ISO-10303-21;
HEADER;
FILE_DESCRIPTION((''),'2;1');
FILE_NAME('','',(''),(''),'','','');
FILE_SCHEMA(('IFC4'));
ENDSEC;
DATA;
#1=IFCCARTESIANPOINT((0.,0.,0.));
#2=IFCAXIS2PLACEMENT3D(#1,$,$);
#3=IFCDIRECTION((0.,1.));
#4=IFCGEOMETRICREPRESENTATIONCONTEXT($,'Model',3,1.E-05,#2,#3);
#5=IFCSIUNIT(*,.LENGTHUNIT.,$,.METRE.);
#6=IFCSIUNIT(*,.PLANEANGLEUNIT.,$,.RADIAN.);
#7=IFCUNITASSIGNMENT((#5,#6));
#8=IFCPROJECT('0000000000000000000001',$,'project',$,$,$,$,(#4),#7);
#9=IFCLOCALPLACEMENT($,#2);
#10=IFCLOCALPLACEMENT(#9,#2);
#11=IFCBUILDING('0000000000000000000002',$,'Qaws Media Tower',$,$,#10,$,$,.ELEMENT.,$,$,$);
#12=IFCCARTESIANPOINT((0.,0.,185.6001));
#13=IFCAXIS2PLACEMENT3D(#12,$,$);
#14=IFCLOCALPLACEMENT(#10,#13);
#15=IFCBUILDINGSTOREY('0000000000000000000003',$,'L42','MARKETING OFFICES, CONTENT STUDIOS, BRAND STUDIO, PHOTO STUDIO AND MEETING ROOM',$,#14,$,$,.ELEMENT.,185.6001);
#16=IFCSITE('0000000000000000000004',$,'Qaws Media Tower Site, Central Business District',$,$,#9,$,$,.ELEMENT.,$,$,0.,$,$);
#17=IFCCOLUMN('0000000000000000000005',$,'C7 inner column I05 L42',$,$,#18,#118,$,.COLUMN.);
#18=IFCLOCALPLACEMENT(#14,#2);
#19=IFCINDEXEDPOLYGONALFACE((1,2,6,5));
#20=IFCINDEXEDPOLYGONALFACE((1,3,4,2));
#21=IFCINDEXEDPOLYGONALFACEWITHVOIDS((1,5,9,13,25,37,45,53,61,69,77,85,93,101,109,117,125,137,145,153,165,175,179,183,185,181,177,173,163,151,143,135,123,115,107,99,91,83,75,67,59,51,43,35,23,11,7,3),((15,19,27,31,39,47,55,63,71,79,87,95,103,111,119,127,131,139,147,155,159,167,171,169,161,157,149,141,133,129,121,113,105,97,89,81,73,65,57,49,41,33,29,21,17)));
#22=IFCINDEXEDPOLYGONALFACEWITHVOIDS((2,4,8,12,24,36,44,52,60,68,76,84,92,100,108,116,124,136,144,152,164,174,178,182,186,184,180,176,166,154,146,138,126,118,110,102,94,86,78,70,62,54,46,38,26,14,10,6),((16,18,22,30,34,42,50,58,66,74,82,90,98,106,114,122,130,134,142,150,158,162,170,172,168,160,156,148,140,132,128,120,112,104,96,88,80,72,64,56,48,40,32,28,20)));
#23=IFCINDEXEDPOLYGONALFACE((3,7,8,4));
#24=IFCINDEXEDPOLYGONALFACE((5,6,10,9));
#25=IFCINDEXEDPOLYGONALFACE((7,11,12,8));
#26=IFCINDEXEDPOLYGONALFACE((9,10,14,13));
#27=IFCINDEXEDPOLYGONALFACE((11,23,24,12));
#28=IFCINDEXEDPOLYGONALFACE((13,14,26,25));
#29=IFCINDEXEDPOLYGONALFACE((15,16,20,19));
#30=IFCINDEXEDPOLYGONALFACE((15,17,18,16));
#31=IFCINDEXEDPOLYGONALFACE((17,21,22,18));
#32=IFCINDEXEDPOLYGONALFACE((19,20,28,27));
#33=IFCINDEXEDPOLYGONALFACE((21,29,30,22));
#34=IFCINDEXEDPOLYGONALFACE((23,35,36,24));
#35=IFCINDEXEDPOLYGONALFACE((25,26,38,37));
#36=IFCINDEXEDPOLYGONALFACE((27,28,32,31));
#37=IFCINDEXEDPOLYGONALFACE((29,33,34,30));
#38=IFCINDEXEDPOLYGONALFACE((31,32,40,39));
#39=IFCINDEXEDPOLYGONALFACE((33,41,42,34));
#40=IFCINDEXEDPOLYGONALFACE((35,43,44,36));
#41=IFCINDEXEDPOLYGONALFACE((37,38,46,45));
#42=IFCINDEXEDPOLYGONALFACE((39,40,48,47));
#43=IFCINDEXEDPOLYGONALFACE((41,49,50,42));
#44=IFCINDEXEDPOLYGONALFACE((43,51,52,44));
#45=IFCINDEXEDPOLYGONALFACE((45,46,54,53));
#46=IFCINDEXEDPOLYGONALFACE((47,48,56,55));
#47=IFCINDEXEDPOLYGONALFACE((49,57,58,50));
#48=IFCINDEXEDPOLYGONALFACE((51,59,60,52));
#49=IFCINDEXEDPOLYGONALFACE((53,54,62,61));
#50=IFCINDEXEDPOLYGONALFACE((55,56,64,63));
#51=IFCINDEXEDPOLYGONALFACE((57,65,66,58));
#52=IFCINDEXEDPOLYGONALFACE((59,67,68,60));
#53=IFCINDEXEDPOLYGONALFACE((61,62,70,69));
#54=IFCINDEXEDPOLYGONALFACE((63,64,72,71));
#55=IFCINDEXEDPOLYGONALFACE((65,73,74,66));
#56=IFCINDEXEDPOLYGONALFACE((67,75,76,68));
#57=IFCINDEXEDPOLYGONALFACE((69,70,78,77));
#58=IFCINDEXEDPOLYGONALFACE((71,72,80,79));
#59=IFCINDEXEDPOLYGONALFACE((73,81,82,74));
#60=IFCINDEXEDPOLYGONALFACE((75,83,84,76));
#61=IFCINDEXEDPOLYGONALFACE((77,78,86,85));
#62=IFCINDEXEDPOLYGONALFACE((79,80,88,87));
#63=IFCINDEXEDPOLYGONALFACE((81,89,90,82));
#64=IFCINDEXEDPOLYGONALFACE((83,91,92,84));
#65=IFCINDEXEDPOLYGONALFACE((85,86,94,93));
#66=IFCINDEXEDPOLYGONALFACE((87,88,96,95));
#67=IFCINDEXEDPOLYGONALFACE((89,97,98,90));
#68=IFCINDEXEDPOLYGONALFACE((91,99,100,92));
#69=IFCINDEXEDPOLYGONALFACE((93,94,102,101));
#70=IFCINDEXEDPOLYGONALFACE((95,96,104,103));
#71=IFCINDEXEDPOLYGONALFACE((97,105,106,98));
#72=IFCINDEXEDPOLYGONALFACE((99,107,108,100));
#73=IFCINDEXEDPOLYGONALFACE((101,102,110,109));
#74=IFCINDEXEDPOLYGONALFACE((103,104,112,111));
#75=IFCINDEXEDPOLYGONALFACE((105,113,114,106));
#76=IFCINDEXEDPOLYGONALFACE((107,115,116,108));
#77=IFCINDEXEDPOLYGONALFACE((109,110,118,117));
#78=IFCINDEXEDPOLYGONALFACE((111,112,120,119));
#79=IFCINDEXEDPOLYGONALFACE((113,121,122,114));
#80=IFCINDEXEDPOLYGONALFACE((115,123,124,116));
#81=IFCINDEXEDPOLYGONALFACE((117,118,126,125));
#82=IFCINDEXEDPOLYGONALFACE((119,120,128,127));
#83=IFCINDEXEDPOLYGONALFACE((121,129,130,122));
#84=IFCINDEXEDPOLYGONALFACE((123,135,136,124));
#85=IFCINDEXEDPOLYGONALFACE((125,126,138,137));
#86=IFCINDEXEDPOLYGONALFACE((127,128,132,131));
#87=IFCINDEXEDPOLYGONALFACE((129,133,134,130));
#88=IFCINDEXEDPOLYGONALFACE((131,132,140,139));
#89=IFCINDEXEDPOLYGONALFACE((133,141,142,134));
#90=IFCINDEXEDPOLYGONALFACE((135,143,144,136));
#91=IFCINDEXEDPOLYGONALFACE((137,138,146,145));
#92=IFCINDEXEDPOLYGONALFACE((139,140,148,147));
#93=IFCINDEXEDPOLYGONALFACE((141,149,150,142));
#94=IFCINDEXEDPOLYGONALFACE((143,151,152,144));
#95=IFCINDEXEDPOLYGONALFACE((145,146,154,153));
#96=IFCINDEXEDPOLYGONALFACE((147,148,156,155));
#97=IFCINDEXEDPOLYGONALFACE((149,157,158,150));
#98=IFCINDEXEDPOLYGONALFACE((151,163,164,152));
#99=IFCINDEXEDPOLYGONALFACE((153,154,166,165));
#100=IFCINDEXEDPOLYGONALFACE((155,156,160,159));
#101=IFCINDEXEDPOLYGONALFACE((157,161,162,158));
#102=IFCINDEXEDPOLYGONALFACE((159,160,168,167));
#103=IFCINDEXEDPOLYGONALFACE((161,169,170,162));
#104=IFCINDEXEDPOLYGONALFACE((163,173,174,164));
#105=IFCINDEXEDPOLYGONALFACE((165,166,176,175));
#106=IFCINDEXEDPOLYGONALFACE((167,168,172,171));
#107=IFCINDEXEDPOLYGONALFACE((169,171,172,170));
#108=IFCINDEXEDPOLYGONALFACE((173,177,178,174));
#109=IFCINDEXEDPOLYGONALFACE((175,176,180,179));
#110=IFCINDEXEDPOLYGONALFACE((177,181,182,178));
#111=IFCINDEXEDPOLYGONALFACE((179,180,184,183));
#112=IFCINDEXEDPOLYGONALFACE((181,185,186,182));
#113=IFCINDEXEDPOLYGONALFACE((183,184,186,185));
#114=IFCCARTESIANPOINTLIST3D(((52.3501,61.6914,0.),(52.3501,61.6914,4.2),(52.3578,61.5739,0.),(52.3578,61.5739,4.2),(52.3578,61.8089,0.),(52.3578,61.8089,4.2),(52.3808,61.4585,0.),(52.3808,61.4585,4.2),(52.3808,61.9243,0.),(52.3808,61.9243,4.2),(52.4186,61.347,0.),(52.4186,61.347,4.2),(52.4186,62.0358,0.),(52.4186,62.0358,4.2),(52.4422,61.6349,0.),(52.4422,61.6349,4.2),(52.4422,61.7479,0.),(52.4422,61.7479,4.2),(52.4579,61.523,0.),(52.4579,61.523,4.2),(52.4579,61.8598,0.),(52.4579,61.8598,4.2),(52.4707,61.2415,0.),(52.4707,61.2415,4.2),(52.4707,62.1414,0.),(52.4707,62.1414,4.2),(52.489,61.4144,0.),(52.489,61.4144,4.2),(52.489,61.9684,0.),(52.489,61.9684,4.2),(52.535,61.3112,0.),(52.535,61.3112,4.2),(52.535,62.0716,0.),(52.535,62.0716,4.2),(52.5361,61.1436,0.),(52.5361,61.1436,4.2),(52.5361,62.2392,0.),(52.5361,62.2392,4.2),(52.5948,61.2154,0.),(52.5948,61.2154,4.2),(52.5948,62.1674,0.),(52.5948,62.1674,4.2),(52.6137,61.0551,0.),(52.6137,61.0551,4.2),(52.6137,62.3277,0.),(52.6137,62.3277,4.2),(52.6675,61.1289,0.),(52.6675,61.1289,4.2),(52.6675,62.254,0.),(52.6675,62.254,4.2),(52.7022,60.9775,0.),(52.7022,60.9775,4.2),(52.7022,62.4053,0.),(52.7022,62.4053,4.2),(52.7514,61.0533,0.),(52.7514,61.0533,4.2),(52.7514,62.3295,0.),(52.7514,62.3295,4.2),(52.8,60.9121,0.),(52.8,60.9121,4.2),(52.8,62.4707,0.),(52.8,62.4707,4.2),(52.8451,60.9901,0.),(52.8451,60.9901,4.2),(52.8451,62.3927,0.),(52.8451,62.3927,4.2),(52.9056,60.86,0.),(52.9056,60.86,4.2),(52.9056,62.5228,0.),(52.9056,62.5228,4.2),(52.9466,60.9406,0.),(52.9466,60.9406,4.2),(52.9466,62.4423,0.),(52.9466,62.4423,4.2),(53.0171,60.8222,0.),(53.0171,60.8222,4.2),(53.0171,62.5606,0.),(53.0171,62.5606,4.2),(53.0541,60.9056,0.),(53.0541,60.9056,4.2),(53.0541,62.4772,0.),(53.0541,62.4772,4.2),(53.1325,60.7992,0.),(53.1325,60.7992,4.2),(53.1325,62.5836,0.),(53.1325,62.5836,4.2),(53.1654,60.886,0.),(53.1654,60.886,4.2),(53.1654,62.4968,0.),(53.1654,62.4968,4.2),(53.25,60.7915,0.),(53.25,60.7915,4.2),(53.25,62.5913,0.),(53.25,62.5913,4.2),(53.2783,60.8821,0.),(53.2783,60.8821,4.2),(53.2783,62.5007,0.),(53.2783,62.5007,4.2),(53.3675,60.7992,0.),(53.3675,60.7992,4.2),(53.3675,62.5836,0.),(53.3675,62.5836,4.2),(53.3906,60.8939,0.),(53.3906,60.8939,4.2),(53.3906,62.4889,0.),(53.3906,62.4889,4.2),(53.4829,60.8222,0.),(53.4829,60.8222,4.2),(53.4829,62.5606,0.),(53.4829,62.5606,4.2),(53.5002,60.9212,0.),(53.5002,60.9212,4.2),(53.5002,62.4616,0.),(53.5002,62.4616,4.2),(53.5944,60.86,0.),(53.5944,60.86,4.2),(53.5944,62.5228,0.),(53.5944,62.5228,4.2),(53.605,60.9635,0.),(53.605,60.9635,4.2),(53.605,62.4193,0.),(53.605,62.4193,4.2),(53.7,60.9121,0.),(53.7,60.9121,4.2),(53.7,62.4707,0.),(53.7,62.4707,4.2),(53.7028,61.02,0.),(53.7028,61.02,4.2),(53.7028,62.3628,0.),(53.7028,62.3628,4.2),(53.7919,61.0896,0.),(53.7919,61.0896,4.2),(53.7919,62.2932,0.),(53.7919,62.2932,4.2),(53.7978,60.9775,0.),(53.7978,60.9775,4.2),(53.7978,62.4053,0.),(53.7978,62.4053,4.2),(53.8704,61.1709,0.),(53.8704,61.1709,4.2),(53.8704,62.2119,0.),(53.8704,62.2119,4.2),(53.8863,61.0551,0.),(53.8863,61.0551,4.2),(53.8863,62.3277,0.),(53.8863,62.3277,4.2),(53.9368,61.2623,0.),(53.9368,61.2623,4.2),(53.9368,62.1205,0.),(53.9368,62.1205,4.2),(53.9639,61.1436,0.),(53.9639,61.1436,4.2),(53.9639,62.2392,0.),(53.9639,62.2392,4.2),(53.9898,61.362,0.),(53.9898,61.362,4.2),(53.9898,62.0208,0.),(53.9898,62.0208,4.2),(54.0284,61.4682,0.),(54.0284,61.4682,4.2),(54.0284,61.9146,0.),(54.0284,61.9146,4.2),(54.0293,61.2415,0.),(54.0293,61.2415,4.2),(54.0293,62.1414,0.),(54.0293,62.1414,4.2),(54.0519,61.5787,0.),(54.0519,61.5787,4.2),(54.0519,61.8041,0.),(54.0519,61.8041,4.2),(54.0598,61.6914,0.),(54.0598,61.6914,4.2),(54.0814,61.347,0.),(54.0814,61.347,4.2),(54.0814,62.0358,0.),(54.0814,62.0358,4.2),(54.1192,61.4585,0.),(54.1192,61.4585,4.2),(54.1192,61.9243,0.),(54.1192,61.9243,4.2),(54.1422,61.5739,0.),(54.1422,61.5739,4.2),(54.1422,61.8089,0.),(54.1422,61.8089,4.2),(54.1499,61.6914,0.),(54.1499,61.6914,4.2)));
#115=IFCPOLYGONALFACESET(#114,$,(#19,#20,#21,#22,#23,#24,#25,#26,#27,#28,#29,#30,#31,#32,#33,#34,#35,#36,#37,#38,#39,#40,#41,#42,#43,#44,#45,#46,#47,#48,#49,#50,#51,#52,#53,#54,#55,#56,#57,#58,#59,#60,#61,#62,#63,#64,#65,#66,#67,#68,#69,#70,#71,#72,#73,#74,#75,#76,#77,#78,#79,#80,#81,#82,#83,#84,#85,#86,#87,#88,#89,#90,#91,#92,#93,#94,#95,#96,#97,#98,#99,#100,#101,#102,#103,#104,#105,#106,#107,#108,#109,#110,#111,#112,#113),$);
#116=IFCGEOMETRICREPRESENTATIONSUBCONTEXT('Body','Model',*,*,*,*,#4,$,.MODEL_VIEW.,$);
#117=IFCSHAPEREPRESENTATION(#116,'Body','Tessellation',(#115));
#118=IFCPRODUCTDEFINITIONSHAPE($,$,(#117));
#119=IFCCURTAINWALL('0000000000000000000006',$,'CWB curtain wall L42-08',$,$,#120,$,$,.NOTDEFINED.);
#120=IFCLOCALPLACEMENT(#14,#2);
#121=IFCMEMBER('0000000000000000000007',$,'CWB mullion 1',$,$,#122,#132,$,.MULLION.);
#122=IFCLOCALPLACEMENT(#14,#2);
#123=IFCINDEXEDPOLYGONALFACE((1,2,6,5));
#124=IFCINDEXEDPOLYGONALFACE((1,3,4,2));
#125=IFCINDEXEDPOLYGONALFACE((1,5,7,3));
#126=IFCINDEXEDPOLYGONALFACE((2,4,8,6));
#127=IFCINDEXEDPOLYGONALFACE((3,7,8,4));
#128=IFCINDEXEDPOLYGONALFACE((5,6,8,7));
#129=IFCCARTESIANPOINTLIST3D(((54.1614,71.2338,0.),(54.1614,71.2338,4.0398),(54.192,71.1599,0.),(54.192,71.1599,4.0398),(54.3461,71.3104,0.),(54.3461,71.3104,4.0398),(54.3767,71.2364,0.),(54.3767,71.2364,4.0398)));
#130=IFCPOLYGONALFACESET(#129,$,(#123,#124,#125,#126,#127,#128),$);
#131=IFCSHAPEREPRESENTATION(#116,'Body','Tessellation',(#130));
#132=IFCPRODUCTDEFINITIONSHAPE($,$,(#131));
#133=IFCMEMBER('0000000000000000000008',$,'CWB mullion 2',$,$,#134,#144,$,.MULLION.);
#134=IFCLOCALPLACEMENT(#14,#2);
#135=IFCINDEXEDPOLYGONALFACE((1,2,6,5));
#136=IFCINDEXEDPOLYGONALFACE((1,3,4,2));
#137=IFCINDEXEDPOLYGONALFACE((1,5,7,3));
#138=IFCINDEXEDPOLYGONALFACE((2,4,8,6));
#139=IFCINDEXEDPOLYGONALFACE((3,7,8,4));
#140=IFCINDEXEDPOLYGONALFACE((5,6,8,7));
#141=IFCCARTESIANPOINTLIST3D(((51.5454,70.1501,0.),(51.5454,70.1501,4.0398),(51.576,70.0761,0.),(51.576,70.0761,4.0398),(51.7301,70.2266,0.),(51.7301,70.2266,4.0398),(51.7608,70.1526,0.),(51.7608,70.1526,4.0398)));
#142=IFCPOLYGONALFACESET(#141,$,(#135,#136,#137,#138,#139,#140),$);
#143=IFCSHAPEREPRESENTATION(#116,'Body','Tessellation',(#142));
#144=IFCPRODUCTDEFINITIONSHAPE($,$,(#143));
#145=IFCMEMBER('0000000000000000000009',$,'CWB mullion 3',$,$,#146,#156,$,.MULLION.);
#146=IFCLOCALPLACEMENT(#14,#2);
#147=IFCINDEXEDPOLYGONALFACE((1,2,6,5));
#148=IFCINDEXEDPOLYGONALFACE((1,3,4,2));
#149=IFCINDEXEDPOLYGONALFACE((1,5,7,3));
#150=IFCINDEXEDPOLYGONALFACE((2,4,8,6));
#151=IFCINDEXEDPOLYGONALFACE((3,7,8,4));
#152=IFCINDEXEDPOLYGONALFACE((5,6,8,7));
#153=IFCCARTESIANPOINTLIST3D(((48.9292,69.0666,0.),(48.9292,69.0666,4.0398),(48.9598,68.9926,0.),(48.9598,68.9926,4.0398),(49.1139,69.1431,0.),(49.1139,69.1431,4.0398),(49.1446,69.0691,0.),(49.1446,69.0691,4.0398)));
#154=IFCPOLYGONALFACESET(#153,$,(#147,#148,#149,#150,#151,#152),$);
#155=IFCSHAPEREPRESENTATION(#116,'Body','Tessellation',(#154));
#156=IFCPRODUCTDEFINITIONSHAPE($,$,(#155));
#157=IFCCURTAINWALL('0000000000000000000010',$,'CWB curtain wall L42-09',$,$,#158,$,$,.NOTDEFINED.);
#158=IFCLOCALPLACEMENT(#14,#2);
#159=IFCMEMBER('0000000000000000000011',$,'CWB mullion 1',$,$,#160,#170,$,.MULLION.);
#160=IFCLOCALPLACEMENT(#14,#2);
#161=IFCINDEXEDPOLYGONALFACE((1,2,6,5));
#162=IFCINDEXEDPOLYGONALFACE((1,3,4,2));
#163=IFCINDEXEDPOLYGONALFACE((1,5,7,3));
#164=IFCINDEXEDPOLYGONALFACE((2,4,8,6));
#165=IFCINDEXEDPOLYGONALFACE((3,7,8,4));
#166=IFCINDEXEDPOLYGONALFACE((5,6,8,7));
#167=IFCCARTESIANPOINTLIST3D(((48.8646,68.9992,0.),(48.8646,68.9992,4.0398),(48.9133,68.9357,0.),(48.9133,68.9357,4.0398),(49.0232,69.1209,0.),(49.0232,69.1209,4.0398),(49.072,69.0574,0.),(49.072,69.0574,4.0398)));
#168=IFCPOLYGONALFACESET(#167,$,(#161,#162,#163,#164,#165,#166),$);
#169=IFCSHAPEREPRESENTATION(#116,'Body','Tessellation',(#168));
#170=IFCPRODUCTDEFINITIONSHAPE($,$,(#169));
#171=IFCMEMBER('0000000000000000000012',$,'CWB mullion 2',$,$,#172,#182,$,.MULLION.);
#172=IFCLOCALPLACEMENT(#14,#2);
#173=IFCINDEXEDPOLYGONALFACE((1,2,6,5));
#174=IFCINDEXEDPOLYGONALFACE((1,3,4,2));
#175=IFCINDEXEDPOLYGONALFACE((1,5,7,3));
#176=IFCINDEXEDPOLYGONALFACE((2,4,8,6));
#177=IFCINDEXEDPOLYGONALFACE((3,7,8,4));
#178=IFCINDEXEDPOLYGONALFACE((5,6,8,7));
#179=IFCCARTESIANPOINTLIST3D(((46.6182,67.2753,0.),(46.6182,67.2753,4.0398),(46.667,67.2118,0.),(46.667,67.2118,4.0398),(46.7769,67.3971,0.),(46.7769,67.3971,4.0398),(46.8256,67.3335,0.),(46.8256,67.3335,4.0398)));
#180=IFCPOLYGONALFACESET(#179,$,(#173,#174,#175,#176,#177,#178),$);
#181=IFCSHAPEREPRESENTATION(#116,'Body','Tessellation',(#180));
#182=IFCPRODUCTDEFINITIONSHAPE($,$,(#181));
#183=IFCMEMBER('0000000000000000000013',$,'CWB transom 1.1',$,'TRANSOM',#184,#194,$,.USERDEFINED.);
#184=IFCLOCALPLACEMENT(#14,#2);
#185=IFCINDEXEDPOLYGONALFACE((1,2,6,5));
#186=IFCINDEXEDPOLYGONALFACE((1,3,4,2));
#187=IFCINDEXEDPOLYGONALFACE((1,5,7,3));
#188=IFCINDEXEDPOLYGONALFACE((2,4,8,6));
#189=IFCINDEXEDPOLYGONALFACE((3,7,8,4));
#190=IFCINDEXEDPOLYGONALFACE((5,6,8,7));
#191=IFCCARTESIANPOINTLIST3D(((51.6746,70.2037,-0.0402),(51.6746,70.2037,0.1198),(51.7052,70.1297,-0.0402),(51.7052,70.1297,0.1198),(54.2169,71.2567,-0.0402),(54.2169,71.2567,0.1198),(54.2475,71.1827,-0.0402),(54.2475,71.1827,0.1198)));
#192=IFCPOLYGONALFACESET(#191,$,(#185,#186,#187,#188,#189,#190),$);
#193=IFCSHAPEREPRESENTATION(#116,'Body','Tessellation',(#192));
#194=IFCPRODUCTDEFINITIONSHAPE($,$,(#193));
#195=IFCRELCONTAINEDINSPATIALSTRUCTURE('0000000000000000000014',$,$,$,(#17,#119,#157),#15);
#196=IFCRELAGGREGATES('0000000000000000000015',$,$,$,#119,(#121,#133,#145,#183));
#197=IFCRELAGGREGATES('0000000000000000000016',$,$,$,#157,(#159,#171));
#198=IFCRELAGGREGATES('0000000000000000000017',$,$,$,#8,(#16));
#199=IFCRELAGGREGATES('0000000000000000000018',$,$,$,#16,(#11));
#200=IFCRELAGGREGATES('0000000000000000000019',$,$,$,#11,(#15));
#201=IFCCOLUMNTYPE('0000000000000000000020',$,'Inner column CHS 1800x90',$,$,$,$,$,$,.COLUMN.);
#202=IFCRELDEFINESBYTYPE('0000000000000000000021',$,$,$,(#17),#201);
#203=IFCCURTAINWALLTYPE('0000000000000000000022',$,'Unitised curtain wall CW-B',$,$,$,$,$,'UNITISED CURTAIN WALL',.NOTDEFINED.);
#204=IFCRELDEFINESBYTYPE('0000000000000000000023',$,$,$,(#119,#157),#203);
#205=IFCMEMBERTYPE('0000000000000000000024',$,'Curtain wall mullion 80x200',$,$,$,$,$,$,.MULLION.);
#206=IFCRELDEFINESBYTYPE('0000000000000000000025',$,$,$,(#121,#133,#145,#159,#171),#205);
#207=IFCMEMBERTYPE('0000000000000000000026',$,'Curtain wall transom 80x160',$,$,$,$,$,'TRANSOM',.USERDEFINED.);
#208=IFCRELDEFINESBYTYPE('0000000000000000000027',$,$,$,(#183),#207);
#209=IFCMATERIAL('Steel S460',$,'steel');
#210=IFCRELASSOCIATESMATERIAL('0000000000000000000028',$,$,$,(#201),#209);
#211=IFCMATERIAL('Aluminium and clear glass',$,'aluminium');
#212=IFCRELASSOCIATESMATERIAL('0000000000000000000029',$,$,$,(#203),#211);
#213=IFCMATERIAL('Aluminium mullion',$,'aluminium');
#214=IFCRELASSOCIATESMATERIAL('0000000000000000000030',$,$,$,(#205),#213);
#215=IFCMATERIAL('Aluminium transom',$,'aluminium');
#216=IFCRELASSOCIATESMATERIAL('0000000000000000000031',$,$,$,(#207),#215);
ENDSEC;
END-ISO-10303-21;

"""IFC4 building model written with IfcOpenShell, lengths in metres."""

from ifc_helpers import new_model, si_unit, direction, frame, origin, origin_2d, place, context, subcontext, project, spatial, rectangle, hollow_circle, extrude, material, material_profile, profile_set, type_object, element, aggregate, save


model = new_model("IFC4")

# Units and contexts
model_context = context("Model", 3, precision=1e-05, world=origin(), true_north=direction((0.0, 1.0)))
body_context = subcontext(model_context, "Body", "Model", "MODEL_VIEW")
ifc_project = project(units=[si_unit("LENGTHUNIT", "METRE"), si_unit("PLANEANGLEUNIT", "RADIAN")], contexts=[model_context])

# Site, building, storey
site_placement = place(None, origin())
site = spatial("IfcSite", under=ifc_project, at=site_placement, Name="Qaws Media Tower Site, Central Business District", CompositionType="ELEMENT", RefElevation=0.0)
building_placement = place(site_placement, origin())
building = spatial("IfcBuilding", under=site, at=building_placement, Name="Qaws Media Tower", CompositionType="ELEMENT")
storey_placement = place(building_placement, frame((0.0, 0.0, 185.6001)))
storey = spatial("IfcBuildingStorey", under=building, at=storey_placement, Name="L42", Description="MARKETING OFFICES, CONTENT STUDIOS, BRAND STUDIO, PHOTO STUDIO AND MEETING ROOM", CompositionType="ELEMENT", Elevation=185.6001)

# Column
ifc_material_1 = material(Name="Steel S460", Category="steel")
ifc_material_profile_1 = material_profile(ifc_material_1, hollow_circle(Radius=0.8999, WallThickness=0.0901, at=origin_2d()), Name="CHS 1800x90")
ifc_profile_set_1 = profile_set([ifc_material_profile_1], Name="Steel S460")
column_type = type_object("IfcColumnType", Name="Inner column CHS 1800x90", PredefinedType="COLUMN", material=ifc_profile_set_1)
column_placement = place(storey_placement, frame((53.25, 61.6914, 0.0), z_axis=(0.0, 0.0, 1.0), x_axis=(1.0, 0.0, 0.0)))
element("IfcColumn", 1, at=column_placement, inside=storey, type_object=column_type, Name="C7 inner column I05 L42", PredefinedType="COLUMN", context=body_context, shape_type="SweptSolid", body=[
    extrude(hollow_circle(Radius=0.8999, WallThickness=0.0901, at=origin_2d()), origin(), (0.0, 0.0, 1.0), 4.2),
])

# Curtain walls, members
ifc_material_2 = material(Name="Aluminium and clear glass", Category="aluminium")
curtain_wall_type = type_object("IfcCurtainWallType", Name="Unitised curtain wall CW-B", ElementType="UNITISED CURTAIN WALL", PredefinedType="NOTDEFINED", material=ifc_material_2)
curtain_wall_1_placement = place(storey_placement, origin())
curtain_wall_1 = element("IfcCurtainWall", 2, at=curtain_wall_1_placement, inside=storey, type_object=curtain_wall_type, Name="CWB curtain wall L42-08", PredefinedType="NOTDEFINED")
ifc_material_3 = material(Name="Aluminium mullion", Category="aluminium")
ifc_material_profile_2 = material_profile(ifc_material_3, rectangle(XDim=0.0801, YDim=0.2, at=origin_2d()), Name="80x200")
ifc_profile_set_2 = profile_set([ifc_material_profile_2], Name="Aluminium mullion")
member_type_1 = type_object("IfcMemberType", Name="Curtain wall mullion 80x200", PredefinedType="MULLION", material=ifc_profile_set_2)
member_1_placement = place(storey_placement, frame((54.269, 71.2351, 0.0), z_axis=(0.0, 0.0, 1.0), x_axis=(0.382683, -0.92388, 0.0)))
member_1 = element("IfcMember", 3, at=member_1_placement, type_object=member_type_1, Name="CWB mullion 1", PredefinedType="MULLION", context=body_context, shape_type="SweptSolid", body=[
    extrude(rectangle(XDim=0.0801, YDim=0.2, at=origin_2d()), origin(), (0.0, 0.0, 1.0), 4.0398),
])
member_2_placement = place(storey_placement, frame((51.6531, 70.1514, 0.0), z_axis=(0.0, 0.0, 1.0), x_axis=(0.382683, -0.92388, 0.0)))
member_2 = element("IfcMember", 4, at=member_2_placement, type_object=member_type_1, Name="CWB mullion 2", PredefinedType="MULLION", context=body_context, shape_type="SweptSolid", body=[
    extrude(rectangle(XDim=0.0801, YDim=0.2, at=origin_2d()), origin(), (0.0, 0.0, 1.0), 4.0398),
])
member_3_placement = place(storey_placement, frame((49.0369, 69.0679, 0.0), z_axis=(0.0, 0.0, 1.0), x_axis=(0.382683, -0.92388, 0.0)))
member_3 = element("IfcMember", 5, at=member_3_placement, type_object=member_type_1, Name="CWB mullion 3", PredefinedType="MULLION", context=body_context, shape_type="SweptSolid", body=[
    extrude(rectangle(XDim=0.0801, YDim=0.2, at=origin_2d()), origin(), (0.0, 0.0, 1.0), 4.0398),
])
curtain_wall_2_placement = place(storey_placement, origin())
curtain_wall_2 = element("IfcCurtainWall", 6, at=curtain_wall_2_placement, inside=storey, type_object=curtain_wall_type, Name="CWB curtain wall L42-09", PredefinedType="NOTDEFINED")
member_4_placement = place(storey_placement, frame((48.9683, 69.0283, 0.0), z_axis=(0.0, 0.0, 1.0), x_axis=(0.608761, -0.793353, 0.0)))
member_4 = element("IfcMember", 7, at=member_4_placement, type_object=member_type_1, Name="CWB mullion 1", PredefinedType="MULLION", context=body_context, shape_type="SweptSolid", body=[
    extrude(rectangle(XDim=0.0801, YDim=0.2, at=origin_2d()), origin(), (0.0, 0.0, 1.0), 4.0398),
])
member_5_placement = place(storey_placement, frame((46.7219, 67.3044, 0.0), z_axis=(0.0, 0.0, 1.0), x_axis=(0.608761, -0.793353, 0.0)))
member_5 = element("IfcMember", 8, at=member_5_placement, type_object=member_type_1, Name="CWB mullion 2", PredefinedType="MULLION", context=body_context, shape_type="SweptSolid", body=[
    extrude(rectangle(XDim=0.0801, YDim=0.2, at=origin_2d()), origin(), (0.0, 0.0, 1.0), 4.0398),
])

# Member
ifc_material_4 = material(Name="Aluminium transom", Category="aluminium")
ifc_material_profile_3 = material_profile(ifc_material_4, rectangle(XDim=0.0801, YDim=0.1599, at=origin_2d()), Name="80x160")
ifc_profile_set_3 = profile_set([ifc_material_profile_3], Name="Aluminium transom")
member_type_2 = type_object("IfcMemberType", Name="Curtain wall transom 80x160", ElementType="TRANSOM", PredefinedType="USERDEFINED", material=ifc_profile_set_3)
member_6_placement = place(storey_placement, frame((54.2322, 71.2197, 0.0398), z_axis=(-0.923886, -0.382668, 0.0), x_axis=(0.382668, -0.923886, 0.0)))
member_6 = element("IfcMember", 9, at=member_6_placement, type_object=member_type_2, Name="CWB transom 1.1", ObjectType="TRANSOM", PredefinedType="USERDEFINED", context=body_context, shape_type="SweptSolid", body=[
    extrude(rectangle(XDim=0.0801, YDim=0.1599, at=origin_2d()), origin(), (0.0, 0.0, 1.0), 2.7517),
])

aggregate(curtain_wall_1, [member_1, member_2, member_3, member_6])
aggregate(curtain_wall_2, [member_4, member_5])

save(model, "model.ifc")
